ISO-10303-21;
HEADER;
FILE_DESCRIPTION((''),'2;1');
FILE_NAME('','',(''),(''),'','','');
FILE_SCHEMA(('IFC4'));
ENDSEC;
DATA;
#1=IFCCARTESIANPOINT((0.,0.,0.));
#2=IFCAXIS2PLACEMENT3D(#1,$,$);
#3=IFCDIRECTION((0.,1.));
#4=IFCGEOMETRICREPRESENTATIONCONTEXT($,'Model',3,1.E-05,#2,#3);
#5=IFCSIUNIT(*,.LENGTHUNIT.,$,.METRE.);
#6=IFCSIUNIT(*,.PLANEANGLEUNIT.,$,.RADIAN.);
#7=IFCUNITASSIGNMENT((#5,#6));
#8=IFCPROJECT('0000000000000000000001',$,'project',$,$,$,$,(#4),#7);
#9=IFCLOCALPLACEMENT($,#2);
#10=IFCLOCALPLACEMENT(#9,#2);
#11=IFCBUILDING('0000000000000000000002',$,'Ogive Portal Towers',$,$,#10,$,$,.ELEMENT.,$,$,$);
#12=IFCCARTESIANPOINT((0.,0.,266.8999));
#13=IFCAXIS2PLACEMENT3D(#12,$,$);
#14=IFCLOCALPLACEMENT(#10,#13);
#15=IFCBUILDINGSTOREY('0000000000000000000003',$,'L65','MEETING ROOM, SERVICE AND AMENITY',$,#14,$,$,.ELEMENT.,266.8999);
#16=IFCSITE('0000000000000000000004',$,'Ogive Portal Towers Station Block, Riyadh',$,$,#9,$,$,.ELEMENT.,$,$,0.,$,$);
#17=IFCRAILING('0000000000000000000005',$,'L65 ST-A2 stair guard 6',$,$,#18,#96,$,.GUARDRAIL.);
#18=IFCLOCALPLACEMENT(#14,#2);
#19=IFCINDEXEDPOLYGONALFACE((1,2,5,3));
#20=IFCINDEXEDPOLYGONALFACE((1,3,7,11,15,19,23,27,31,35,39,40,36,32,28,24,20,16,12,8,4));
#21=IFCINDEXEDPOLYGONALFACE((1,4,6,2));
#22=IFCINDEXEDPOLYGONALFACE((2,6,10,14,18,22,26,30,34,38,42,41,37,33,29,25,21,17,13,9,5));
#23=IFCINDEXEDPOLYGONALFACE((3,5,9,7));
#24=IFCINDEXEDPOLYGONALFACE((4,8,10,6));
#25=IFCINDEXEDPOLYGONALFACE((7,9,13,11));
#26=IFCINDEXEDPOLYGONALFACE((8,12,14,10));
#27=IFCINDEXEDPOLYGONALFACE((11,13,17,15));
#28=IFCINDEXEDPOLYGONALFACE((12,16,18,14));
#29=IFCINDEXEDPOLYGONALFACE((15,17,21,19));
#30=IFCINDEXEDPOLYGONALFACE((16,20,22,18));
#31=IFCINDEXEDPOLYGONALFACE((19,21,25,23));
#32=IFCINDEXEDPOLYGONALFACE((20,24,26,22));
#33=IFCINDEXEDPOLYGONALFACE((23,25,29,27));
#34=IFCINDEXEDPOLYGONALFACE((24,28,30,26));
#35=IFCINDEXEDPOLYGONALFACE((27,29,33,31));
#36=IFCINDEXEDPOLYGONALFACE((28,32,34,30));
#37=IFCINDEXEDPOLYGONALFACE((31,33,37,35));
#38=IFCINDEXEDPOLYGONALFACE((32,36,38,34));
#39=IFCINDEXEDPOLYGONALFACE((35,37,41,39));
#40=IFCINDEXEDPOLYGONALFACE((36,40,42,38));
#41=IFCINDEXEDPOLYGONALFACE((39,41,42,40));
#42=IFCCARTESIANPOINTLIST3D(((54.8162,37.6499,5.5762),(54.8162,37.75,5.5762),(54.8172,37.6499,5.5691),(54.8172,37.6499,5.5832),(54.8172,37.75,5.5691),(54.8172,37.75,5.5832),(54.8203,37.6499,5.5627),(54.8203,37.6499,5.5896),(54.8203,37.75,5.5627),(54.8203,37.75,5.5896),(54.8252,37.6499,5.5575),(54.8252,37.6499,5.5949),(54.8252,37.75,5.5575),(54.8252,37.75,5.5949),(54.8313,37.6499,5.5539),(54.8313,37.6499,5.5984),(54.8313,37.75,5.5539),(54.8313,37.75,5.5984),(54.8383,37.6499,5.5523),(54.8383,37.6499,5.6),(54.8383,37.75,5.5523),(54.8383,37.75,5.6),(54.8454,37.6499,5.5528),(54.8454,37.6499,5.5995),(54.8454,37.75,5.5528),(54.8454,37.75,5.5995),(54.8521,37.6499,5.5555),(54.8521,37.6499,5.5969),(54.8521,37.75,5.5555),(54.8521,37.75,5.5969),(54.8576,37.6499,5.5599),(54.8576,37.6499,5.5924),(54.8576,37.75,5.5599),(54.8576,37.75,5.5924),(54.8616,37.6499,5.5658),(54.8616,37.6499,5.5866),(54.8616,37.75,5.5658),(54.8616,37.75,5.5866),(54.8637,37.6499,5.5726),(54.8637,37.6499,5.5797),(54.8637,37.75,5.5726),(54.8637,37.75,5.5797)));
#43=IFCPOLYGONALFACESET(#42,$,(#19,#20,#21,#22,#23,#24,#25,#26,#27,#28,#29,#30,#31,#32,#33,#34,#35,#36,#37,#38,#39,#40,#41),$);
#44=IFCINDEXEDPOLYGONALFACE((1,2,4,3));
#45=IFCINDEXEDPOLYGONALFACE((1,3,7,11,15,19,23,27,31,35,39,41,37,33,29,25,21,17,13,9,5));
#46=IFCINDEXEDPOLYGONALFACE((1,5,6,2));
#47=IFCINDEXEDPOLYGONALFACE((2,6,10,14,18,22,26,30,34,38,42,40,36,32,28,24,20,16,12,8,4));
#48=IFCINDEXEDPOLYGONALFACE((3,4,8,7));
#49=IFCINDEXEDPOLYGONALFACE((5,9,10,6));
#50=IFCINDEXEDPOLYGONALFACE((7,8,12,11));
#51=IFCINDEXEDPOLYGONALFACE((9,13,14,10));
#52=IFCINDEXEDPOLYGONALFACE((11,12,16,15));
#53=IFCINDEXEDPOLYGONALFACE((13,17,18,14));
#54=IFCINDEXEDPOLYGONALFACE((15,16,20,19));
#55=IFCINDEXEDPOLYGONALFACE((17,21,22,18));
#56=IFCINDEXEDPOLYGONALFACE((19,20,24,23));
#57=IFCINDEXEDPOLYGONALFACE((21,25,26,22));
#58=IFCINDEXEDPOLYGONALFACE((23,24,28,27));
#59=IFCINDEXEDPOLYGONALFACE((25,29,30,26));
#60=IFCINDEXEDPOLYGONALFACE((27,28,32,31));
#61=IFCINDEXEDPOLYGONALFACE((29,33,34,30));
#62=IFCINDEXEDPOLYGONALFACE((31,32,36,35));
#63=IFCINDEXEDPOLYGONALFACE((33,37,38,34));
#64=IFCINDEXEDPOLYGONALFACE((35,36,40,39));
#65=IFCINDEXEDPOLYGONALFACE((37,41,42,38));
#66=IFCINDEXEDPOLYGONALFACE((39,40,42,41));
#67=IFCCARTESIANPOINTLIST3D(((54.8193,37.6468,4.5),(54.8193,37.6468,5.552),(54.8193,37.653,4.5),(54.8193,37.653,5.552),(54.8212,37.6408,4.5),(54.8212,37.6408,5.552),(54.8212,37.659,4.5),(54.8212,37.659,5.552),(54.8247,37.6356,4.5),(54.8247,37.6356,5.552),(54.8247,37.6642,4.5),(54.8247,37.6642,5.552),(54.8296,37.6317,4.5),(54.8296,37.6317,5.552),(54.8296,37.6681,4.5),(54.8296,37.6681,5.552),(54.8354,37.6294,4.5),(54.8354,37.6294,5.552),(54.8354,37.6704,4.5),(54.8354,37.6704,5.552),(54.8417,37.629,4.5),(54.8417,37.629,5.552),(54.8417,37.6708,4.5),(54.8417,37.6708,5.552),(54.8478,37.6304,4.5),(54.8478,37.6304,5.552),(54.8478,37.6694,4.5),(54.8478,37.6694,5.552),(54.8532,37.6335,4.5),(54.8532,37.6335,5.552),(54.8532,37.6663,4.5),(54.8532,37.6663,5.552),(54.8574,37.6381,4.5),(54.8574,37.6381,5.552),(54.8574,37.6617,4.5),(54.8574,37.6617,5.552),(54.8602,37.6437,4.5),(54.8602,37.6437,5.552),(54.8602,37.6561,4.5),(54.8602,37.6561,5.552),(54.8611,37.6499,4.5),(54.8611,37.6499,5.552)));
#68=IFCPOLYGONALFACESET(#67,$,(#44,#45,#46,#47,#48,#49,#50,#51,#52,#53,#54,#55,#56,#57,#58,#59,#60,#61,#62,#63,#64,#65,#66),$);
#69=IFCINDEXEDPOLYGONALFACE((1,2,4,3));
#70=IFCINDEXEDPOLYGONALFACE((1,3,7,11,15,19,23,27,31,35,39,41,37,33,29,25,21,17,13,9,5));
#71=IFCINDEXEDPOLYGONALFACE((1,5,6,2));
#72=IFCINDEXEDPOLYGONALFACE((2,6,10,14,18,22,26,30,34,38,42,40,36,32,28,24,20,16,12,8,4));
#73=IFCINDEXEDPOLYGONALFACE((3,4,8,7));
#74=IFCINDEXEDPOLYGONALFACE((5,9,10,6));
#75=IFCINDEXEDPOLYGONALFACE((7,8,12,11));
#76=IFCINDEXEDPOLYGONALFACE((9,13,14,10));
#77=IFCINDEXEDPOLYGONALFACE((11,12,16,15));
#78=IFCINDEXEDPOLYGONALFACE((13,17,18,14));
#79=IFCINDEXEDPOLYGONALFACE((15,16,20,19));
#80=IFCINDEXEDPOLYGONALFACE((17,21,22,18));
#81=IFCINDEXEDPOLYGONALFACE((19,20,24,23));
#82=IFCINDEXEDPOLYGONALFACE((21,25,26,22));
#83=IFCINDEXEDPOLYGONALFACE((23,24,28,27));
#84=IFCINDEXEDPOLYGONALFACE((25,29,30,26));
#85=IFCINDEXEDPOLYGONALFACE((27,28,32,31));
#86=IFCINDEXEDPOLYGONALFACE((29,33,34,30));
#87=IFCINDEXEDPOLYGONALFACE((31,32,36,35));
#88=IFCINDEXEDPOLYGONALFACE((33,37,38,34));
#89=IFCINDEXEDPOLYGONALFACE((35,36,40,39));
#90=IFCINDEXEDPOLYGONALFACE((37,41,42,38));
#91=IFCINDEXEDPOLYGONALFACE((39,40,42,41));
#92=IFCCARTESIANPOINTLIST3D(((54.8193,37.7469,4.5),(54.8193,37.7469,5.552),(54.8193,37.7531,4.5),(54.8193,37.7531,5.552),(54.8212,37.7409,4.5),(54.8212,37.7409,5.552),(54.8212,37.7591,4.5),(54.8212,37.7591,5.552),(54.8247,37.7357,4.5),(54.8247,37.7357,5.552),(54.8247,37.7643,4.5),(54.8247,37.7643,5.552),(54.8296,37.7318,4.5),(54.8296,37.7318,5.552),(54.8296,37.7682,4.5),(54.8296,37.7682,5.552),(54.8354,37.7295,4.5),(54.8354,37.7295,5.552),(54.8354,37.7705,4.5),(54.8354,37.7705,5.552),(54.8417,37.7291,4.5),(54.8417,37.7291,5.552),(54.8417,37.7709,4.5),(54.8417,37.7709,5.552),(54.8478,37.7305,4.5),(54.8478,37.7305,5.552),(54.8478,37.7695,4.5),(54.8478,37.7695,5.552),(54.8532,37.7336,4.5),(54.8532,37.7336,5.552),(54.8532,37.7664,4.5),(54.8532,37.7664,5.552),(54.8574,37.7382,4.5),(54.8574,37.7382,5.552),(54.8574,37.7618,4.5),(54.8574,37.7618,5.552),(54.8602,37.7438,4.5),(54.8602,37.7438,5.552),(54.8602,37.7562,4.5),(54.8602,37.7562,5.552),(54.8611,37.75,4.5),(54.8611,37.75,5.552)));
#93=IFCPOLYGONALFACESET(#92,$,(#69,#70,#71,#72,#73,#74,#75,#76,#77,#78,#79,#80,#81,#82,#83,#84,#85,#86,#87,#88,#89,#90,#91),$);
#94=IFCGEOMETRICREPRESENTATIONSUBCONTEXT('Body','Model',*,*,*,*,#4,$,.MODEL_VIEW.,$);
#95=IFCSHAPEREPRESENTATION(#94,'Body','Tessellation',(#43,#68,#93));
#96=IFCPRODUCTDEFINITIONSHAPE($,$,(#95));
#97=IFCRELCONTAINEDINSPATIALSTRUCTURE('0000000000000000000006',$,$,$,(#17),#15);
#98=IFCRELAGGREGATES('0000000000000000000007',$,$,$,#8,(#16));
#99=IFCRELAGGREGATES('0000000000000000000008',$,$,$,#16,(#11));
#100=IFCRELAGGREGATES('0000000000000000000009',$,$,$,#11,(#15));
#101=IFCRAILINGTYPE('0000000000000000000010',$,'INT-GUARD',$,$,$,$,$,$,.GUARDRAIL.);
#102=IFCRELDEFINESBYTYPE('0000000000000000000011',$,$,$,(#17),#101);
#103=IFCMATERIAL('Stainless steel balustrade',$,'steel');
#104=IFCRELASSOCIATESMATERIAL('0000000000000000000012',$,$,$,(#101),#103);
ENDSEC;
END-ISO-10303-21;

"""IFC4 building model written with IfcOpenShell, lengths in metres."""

from ifc_helpers import new_model, si_unit, direction, frame, origin, origin_2d, place, context, subcontext, project, spatial, circle, extrude, material, type_object, element, save


model = new_model("IFC4")

# Units and contexts
model_context = context("Model", 3, precision=1e-05, world=origin(), true_north=direction((0.0, 1.0)))
body_context = subcontext(model_context, "Body", "Model", "MODEL_VIEW")
ifc_project = project(units=[si_unit("LENGTHUNIT", "METRE"), si_unit("PLANEANGLEUNIT", "RADIAN")], contexts=[model_context])

# Site, building, storey
site_placement = place(None, origin())
site = spatial("IfcSite", under=ifc_project, at=site_placement, Name="Ogive Portal Towers Station Block, Riyadh", CompositionType="ELEMENT", RefElevation=0.0)
building_placement = place(site_placement, origin())
building = spatial("IfcBuilding", under=site, at=building_placement, Name="Ogive Portal Towers", CompositionType="ELEMENT")
storey_placement = place(building_placement, frame((0.0, 0.0, 266.8999)))
storey = spatial("IfcBuildingStorey", under=building, at=storey_placement, Name="L65", Description="MEETING ROOM, SERVICE AND AMENITY", CompositionType="ELEMENT", Elevation=266.8999)

# Railing
ifc_material_1 = material(Name="Stainless steel balustrade", Category="steel")
railing_type_1 = type_object("IfcRailingType", Name="INT-GUARD", PredefinedType="GUARDRAIL", material=ifc_material_1)
railing_1_placement = place(storey_placement, frame((54.8401, 37.6499, 4.5)))
element("IfcRailing", 1, at=railing_1_placement, inside=storey, type_object=railing_type_1, Name="L65 ST-A2 stair guard 6", PredefinedType="GUARDRAIL", context=body_context, shape_type="SweptSolid", body=[
    extrude(circle(Radius=0.0239, at=origin_2d()), frame((0.0, 0.0, 1.0762), z_axis=(0.0, 1.0, 0.0), x_axis=(-1.0, 0.0, 0.0)), (0.0, 0.0, 1.0), 0.1001),
    extrude(circle(Radius=0.021, at=origin_2d()), origin(), (0.0, 0.0, 1.0), 1.052),
    extrude(circle(Radius=0.021, at=origin_2d()), frame((0.0, 0.1001, 0.0)), (0.0, 0.0, 1.0), 1.052),
])

save(model, "model.ifc")
